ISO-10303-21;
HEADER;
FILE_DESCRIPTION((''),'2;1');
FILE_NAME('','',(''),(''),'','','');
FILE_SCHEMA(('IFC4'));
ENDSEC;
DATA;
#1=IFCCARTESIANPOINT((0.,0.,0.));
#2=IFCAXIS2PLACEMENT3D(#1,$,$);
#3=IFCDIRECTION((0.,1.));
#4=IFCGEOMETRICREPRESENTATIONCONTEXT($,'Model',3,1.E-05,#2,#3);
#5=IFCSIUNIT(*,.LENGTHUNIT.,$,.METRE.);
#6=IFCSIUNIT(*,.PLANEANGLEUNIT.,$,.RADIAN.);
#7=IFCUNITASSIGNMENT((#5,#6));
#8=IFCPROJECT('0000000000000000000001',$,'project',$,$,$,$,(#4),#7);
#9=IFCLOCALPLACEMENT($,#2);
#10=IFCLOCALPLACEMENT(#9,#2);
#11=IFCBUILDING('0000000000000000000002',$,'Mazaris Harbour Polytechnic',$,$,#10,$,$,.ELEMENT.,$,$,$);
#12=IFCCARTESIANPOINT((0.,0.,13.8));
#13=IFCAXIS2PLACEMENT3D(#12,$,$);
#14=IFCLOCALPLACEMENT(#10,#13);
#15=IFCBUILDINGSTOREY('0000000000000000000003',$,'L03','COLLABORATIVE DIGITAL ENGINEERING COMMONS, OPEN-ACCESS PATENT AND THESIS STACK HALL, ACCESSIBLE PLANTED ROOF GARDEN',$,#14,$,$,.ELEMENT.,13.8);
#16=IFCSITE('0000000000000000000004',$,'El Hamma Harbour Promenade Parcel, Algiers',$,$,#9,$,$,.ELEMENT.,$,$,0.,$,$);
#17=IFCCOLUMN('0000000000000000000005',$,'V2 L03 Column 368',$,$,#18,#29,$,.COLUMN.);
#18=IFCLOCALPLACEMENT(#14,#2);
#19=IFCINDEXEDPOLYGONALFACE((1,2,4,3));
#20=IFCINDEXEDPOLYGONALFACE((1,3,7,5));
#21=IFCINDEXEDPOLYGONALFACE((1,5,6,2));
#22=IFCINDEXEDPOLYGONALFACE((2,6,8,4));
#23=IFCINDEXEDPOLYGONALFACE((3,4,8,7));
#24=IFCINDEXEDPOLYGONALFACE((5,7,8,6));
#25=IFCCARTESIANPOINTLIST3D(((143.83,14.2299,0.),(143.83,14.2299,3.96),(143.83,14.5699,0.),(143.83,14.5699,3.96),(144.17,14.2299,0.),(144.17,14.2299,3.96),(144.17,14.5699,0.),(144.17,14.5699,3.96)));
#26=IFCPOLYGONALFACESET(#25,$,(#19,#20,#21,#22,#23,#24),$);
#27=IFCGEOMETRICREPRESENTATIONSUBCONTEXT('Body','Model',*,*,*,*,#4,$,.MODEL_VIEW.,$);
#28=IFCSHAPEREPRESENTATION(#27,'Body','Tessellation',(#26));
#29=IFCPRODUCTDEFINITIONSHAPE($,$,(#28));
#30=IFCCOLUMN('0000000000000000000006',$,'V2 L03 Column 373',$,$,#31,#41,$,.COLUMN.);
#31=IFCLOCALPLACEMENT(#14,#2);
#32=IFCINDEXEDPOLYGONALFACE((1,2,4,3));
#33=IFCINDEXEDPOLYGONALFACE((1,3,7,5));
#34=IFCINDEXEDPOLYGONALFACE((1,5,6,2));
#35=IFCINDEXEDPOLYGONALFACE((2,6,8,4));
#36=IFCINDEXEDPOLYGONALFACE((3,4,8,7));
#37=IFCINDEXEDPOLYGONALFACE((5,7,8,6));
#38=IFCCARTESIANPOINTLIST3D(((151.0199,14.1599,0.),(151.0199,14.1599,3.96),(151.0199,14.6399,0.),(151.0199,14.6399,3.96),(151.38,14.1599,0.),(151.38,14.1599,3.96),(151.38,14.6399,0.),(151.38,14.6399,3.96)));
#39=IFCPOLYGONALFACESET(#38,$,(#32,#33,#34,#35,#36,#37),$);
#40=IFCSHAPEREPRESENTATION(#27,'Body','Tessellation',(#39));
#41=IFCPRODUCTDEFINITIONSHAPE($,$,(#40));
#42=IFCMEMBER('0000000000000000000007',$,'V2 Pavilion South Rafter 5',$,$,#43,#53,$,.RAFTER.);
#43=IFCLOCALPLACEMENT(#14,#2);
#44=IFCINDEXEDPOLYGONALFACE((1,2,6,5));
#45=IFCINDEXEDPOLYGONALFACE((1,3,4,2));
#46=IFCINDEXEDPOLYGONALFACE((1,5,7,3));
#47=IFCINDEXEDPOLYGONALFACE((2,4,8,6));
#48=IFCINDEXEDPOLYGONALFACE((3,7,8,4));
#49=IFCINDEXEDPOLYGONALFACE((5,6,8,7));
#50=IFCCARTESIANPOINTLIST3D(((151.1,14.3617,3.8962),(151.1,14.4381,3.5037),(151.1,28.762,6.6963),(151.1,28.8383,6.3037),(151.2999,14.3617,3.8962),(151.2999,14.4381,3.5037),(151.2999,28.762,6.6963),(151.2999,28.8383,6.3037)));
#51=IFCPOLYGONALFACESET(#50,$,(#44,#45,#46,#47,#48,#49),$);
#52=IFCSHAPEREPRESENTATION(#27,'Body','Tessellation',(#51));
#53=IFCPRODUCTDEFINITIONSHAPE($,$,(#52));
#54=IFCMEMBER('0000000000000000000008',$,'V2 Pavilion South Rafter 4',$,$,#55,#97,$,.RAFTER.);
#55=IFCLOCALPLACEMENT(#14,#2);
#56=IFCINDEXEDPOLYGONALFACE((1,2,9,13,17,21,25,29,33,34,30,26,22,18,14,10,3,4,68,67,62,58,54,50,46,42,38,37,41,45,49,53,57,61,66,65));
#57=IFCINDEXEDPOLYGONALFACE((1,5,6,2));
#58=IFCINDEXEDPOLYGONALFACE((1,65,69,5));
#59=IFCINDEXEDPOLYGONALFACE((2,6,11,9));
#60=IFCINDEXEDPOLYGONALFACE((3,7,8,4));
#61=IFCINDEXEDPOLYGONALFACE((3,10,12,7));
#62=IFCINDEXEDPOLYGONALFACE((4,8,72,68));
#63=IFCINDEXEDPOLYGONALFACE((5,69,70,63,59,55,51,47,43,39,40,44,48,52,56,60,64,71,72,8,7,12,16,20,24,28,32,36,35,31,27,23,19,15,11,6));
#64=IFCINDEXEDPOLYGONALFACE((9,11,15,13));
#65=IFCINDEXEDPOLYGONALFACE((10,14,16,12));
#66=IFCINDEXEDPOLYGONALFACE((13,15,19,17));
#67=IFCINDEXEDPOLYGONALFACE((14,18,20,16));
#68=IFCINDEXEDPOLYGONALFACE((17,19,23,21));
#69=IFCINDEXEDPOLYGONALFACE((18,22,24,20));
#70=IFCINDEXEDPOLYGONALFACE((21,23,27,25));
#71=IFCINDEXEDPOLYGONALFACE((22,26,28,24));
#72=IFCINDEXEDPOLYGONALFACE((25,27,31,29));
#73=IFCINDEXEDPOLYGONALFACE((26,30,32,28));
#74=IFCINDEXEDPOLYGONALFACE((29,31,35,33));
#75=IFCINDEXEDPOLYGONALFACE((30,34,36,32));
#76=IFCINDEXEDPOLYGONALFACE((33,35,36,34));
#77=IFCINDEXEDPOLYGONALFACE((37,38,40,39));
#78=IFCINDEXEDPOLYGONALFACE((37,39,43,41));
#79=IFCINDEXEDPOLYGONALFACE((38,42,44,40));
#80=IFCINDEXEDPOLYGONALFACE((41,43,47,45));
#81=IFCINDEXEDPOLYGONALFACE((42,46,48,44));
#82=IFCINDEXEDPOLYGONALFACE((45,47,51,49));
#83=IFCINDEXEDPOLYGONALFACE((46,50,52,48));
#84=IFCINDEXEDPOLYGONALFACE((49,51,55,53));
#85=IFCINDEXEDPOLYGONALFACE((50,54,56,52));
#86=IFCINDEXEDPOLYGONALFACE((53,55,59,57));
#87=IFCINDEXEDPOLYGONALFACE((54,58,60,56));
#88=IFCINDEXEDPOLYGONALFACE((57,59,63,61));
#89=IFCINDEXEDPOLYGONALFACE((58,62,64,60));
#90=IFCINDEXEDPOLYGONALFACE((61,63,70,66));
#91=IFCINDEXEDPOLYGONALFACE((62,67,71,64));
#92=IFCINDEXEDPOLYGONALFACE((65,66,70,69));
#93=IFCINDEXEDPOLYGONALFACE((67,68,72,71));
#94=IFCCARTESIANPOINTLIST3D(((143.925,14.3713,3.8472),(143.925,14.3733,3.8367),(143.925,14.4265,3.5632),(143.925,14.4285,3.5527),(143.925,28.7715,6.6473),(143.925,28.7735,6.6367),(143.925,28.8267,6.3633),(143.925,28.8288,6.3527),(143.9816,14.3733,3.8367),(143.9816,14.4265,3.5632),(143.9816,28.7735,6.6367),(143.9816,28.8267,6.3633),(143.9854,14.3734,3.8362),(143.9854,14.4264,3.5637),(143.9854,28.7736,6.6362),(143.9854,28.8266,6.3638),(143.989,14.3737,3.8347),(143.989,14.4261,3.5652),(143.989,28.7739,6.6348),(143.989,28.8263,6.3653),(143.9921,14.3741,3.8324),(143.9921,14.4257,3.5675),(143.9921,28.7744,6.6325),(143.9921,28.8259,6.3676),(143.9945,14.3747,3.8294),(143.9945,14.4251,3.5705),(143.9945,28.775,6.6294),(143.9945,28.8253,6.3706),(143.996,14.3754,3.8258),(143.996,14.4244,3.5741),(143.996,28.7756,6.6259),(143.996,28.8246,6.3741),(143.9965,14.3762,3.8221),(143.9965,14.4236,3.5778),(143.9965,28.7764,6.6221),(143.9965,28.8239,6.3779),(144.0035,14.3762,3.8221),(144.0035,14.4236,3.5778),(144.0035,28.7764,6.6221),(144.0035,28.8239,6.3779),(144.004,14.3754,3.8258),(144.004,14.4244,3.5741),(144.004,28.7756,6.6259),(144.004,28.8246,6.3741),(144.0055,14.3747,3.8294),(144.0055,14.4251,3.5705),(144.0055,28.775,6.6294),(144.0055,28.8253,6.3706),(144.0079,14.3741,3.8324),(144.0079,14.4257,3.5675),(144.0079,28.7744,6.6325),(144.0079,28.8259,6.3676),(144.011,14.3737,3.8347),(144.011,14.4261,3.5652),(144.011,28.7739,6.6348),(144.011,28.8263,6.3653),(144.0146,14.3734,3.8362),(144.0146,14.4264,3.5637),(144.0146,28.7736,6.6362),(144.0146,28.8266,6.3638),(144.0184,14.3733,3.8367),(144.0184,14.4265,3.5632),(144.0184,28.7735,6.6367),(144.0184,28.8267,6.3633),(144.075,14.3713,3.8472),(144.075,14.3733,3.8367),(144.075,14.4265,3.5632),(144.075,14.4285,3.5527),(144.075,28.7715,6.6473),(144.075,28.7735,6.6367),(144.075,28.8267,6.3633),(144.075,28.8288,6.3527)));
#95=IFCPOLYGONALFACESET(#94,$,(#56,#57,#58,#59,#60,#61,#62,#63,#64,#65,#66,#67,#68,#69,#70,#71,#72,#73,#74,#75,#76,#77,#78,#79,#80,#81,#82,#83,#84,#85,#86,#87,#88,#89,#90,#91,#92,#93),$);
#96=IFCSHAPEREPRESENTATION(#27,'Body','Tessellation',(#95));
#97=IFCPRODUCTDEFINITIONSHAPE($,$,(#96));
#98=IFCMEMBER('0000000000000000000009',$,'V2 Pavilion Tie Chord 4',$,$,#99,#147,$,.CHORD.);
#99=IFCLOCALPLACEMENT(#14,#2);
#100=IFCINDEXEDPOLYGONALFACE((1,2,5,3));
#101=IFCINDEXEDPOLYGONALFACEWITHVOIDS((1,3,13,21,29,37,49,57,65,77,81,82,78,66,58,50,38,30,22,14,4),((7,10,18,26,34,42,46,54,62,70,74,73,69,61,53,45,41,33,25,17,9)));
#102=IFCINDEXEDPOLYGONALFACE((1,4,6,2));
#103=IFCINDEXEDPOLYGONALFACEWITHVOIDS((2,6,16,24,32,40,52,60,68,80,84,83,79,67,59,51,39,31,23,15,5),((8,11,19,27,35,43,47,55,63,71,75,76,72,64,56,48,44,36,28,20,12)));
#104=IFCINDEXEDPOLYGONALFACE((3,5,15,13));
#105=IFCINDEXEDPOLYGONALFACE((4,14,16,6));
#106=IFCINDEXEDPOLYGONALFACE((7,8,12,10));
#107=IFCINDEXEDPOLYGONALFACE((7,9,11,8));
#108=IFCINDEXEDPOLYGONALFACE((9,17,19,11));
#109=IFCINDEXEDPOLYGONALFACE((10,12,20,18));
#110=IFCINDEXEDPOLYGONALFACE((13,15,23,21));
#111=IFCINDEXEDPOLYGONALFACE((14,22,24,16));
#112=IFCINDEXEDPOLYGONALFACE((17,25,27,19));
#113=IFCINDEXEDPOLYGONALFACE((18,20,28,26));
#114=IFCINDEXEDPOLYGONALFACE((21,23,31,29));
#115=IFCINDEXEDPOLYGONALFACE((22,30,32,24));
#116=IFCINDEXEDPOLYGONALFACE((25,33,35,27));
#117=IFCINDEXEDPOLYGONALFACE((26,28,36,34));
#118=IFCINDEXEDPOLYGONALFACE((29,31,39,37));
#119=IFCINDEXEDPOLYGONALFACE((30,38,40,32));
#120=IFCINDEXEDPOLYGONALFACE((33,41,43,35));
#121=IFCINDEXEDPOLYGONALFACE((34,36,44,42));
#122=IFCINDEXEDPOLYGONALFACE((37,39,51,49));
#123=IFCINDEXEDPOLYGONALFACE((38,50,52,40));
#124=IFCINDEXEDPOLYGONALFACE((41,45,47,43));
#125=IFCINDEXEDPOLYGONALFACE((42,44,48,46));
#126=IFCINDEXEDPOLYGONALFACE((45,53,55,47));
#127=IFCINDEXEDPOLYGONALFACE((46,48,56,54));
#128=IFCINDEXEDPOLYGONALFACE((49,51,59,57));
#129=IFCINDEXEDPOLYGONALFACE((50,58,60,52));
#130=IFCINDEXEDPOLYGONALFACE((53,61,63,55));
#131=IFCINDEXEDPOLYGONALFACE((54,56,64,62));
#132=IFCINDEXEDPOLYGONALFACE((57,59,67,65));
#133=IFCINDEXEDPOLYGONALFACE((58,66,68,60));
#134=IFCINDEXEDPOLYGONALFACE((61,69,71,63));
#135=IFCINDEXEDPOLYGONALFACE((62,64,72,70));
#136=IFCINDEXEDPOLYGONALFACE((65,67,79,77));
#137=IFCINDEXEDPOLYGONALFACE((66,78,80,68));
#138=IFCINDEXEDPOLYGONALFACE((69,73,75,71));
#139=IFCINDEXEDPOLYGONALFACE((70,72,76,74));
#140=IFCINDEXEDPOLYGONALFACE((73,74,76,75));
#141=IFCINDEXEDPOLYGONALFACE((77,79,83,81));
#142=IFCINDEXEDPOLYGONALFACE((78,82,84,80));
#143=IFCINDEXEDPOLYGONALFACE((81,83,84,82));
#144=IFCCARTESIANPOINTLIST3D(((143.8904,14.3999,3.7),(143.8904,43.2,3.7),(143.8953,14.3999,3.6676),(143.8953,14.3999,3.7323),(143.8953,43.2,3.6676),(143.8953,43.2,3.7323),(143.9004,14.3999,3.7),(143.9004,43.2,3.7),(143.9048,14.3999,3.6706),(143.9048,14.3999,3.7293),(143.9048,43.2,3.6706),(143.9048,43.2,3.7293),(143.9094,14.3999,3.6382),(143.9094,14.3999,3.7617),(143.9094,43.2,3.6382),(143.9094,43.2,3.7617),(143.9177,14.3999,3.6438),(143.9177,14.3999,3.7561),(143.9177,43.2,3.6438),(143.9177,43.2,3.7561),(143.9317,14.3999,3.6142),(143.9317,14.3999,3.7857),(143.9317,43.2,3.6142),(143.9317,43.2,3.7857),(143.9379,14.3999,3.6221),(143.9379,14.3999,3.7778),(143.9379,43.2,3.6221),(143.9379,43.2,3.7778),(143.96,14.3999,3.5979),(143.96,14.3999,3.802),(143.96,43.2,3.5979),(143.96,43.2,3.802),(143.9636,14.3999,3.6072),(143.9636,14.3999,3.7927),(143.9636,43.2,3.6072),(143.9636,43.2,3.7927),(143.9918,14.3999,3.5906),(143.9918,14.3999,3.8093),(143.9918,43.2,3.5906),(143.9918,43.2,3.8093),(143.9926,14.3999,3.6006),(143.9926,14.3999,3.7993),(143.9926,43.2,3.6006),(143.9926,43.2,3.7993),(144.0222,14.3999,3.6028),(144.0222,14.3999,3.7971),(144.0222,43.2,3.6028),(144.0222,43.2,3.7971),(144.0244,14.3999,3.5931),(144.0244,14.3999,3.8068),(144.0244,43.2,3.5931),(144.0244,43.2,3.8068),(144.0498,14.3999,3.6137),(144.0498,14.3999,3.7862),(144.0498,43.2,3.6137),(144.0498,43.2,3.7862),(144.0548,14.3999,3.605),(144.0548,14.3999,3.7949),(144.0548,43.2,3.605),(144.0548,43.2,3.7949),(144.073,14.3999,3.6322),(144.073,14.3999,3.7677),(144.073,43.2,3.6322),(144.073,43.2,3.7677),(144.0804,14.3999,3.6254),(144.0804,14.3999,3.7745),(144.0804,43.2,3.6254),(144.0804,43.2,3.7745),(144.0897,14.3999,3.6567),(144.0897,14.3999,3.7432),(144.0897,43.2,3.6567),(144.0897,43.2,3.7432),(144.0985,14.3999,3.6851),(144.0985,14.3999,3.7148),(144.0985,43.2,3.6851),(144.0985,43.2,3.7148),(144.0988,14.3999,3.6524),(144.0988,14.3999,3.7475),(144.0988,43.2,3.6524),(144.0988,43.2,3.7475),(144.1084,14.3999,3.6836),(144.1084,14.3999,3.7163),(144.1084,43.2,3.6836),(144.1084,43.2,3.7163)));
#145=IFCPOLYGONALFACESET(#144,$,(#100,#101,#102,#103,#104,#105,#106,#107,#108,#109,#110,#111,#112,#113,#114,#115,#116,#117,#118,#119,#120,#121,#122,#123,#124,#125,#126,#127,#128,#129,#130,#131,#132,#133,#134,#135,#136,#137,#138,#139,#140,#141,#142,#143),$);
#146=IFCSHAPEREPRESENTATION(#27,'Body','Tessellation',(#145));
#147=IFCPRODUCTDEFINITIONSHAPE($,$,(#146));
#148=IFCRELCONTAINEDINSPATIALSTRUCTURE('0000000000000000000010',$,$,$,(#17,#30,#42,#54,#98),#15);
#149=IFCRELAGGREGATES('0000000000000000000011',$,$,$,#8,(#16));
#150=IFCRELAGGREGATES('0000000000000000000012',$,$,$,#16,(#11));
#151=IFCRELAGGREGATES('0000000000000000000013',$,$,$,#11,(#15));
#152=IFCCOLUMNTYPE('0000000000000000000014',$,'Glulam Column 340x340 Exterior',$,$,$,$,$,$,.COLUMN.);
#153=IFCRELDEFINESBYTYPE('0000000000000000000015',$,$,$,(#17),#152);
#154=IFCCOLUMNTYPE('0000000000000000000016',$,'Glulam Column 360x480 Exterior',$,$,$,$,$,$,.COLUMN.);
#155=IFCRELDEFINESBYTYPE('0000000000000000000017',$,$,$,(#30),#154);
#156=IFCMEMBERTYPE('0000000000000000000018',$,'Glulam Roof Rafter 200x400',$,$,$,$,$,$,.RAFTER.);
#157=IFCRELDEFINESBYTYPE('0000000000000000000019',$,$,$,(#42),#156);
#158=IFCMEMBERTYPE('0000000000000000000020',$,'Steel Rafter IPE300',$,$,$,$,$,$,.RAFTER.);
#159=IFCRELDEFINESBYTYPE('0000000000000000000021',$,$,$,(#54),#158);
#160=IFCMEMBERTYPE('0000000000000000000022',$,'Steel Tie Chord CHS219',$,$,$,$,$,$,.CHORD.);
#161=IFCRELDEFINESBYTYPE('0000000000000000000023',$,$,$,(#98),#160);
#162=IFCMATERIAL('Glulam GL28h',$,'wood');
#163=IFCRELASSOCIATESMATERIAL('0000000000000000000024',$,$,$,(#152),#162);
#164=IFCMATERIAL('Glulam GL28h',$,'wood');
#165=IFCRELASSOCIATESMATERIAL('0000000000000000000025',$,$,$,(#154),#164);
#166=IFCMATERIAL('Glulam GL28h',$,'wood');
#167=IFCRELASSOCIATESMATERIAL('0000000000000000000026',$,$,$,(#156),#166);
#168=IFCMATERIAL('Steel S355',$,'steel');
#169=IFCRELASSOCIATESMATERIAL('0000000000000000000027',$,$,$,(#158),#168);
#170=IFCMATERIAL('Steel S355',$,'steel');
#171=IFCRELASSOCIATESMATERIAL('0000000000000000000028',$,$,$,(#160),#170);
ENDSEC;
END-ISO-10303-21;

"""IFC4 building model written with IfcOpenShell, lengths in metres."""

from ifc_helpers import new_model, si_unit, direction, frame, origin, origin_2d, place, context, subcontext, project, spatial, rectangle, hollow_circle, i_section, extrude, material, material_profile, profile_set, type_object, element, save


model = new_model("IFC4")

# Units and contexts
model_context = context("Model", 3, precision=1e-05, world=origin(), true_north=direction((0.0, 1.0)))
body_context = subcontext(model_context, "Body", "Model", "MODEL_VIEW")
ifc_project = project(units=[si_unit("LENGTHUNIT", "METRE"), si_unit("PLANEANGLEUNIT", "RADIAN")], contexts=[model_context])

# Site, building, storey
site_placement = place(None, origin())
site = spatial("IfcSite", under=ifc_project, at=site_placement, Name="El Hamma Harbour Promenade Parcel, Algiers", CompositionType="ELEMENT", RefElevation=0.0)
building_placement = place(site_placement, origin())
building = spatial("IfcBuilding", under=site, at=building_placement, Name="Mazaris Harbour Polytechnic", CompositionType="ELEMENT")
storey_placement = place(building_placement, frame((0.0, 0.0, 13.8)))
storey = spatial("IfcBuildingStorey", under=building, at=storey_placement, Name="L03", Description="COLLABORATIVE DIGITAL ENGINEERING COMMONS, OPEN-ACCESS PATENT AND THESIS STACK HALL, ACCESSIBLE PLANTED ROOF GARDEN", CompositionType="ELEMENT", Elevation=13.8)

# Columns
ifc_material_1 = material(Name="Glulam GL28h", Category="wood")
ifc_material_profile_1 = material_profile(ifc_material_1, rectangle(XDim=0.3401, YDim=0.3401, at=origin_2d()), Name="RECT340x340")
ifc_profile_set_1 = profile_set([ifc_material_profile_1], Name="Glulam GL28h")
column_type_1 = type_object("IfcColumnType", Name="Glulam Column 340x340 Exterior", PredefinedType="COLUMN", material=ifc_profile_set_1)
column_1_placement = place(storey_placement, frame((144.0, 14.3999, 0.0), z_axis=(0.0, 0.0, 1.0), x_axis=(1.0, 0.0, 0.0)))
element("IfcColumn", 1, at=column_1_placement, inside=storey, type_object=column_type_1, Name="V2 L03 Column 368", PredefinedType="COLUMN", context=body_context, shape_type="SweptSolid", body=[
    extrude(rectangle(XDim=0.3401, YDim=0.3401, at=origin_2d()), origin(), (0.0, 0.0, 1.0), 3.96),
])
ifc_material_2 = material(Name="Glulam GL28h", Category="wood")
ifc_material_profile_2 = material_profile(ifc_material_2, rectangle(XDim=0.3601, YDim=0.48, at=origin_2d()), Name="RECT360x480")
ifc_profile_set_2 = profile_set([ifc_material_profile_2], Name="Glulam GL28h")
column_type_2 = type_object("IfcColumnType", Name="Glulam Column 360x480 Exterior", PredefinedType="COLUMN", material=ifc_profile_set_2)
column_2_placement = place(storey_placement, frame((151.2, 14.3999, 0.0), z_axis=(0.0, 0.0, 1.0), x_axis=(1.0, 0.0, 0.0)))
element("IfcColumn", 2, at=column_2_placement, inside=storey, type_object=column_type_2, Name="V2 L03 Column 373", PredefinedType="COLUMN", context=body_context, shape_type="SweptSolid", body=[
    extrude(rectangle(XDim=0.3601, YDim=0.48, at=origin_2d()), origin(), (0.0, 0.0, 1.0), 3.96),
])

# Members
ifc_material_3 = material(Name="Glulam GL28h", Category="wood")
ifc_material_profile_3 = material_profile(ifc_material_3, rectangle(XDim=0.2, YDim=0.3999, at=origin_2d()), Name="RECT200x400")
ifc_profile_set_3 = profile_set([ifc_material_profile_3], Name="Glulam GL28h")
member_type_1 = type_object("IfcMemberType", Name="Glulam Roof Rafter 200x400", PredefinedType="RAFTER", material=ifc_profile_set_3)
member_1_placement = place(storey_placement, frame((151.2, 14.3999, 3.7), z_axis=(0.0, 0.981615, 0.190871), x_axis=(-1.0, 0.0, 0.0)))
element("IfcMember", 3, at=member_1_placement, inside=storey, type_object=member_type_1, Name="V2 Pavilion South Rafter 5", PredefinedType="RAFTER", context=body_context, shape_type="SweptSolid", body=[
    extrude(rectangle(XDim=0.2, YDim=0.3999, at=origin_2d()), origin(), (0.0, 0.0, 1.0), 14.6699),
])
ifc_material_4 = material(Name="Steel S355", Category="steel")
ifc_material_profile_4 = material_profile(ifc_material_4, i_section(OverallWidth=0.1499, OverallDepth=0.3, WebThickness=0.0071, FlangeThickness=0.0107, FilletRadius=0.0149, at=origin_2d()), Name="IPE 300")
ifc_profile_set_4 = profile_set([ifc_material_profile_4], Name="Steel S355")
member_type_2 = type_object("IfcMemberType", Name="Steel Rafter IPE300", PredefinedType="RAFTER", material=ifc_profile_set_4)
member_2_placement = place(storey_placement, frame((144.0, 14.3999, 3.7), z_axis=(0.0, 0.981615, 0.190871), x_axis=(-1.0, 0.0, 0.0)))
element("IfcMember", 4, at=member_2_placement, inside=storey, type_object=member_type_2, Name="V2 Pavilion South Rafter 4", PredefinedType="RAFTER", context=body_context, shape_type="SweptSolid", body=[
    extrude(i_section(OverallWidth=0.1499, OverallDepth=0.3, WebThickness=0.0071, FlangeThickness=0.0107, FilletRadius=0.0149, at=origin_2d()), origin(), (0.0, 0.0, 1.0), 14.6699),
])
ifc_material_5 = material(Name="Steel S355", Category="steel")
ifc_material_profile_5 = material_profile(ifc_material_5, hollow_circle(Radius=0.1096, WallThickness=0.01, at=origin_2d()), Name="CHS 219.1x10.0")
ifc_profile_set_5 = profile_set([ifc_material_profile_5], Name="Steel S355")
member_type_3 = type_object("IfcMemberType", Name="Steel Tie Chord CHS219", PredefinedType="CHORD", material=ifc_profile_set_5)
for number, where, z_axis, x_axis, name in (
    (5, (144.0, 14.3999, 3.7), (0.0, 1.0, 0.0), (-1.0, 0.0, 0.0), "V2 Pavilion Tie Chord 4"),
):
    element("IfcMember", number, at=place(storey_placement, frame(where, z_axis=z_axis, x_axis=x_axis)), inside=storey, type_object=member_type_3, Name=name, PredefinedType="CHORD", context=body_context, shape_type="SweptSolid", body=[
        extrude(hollow_circle(Radius=0.1096, WallThickness=0.01, at=origin_2d()), origin(), (0.0, 0.0, 1.0), 28.8),
    ])

save(model, "model.ifc")
